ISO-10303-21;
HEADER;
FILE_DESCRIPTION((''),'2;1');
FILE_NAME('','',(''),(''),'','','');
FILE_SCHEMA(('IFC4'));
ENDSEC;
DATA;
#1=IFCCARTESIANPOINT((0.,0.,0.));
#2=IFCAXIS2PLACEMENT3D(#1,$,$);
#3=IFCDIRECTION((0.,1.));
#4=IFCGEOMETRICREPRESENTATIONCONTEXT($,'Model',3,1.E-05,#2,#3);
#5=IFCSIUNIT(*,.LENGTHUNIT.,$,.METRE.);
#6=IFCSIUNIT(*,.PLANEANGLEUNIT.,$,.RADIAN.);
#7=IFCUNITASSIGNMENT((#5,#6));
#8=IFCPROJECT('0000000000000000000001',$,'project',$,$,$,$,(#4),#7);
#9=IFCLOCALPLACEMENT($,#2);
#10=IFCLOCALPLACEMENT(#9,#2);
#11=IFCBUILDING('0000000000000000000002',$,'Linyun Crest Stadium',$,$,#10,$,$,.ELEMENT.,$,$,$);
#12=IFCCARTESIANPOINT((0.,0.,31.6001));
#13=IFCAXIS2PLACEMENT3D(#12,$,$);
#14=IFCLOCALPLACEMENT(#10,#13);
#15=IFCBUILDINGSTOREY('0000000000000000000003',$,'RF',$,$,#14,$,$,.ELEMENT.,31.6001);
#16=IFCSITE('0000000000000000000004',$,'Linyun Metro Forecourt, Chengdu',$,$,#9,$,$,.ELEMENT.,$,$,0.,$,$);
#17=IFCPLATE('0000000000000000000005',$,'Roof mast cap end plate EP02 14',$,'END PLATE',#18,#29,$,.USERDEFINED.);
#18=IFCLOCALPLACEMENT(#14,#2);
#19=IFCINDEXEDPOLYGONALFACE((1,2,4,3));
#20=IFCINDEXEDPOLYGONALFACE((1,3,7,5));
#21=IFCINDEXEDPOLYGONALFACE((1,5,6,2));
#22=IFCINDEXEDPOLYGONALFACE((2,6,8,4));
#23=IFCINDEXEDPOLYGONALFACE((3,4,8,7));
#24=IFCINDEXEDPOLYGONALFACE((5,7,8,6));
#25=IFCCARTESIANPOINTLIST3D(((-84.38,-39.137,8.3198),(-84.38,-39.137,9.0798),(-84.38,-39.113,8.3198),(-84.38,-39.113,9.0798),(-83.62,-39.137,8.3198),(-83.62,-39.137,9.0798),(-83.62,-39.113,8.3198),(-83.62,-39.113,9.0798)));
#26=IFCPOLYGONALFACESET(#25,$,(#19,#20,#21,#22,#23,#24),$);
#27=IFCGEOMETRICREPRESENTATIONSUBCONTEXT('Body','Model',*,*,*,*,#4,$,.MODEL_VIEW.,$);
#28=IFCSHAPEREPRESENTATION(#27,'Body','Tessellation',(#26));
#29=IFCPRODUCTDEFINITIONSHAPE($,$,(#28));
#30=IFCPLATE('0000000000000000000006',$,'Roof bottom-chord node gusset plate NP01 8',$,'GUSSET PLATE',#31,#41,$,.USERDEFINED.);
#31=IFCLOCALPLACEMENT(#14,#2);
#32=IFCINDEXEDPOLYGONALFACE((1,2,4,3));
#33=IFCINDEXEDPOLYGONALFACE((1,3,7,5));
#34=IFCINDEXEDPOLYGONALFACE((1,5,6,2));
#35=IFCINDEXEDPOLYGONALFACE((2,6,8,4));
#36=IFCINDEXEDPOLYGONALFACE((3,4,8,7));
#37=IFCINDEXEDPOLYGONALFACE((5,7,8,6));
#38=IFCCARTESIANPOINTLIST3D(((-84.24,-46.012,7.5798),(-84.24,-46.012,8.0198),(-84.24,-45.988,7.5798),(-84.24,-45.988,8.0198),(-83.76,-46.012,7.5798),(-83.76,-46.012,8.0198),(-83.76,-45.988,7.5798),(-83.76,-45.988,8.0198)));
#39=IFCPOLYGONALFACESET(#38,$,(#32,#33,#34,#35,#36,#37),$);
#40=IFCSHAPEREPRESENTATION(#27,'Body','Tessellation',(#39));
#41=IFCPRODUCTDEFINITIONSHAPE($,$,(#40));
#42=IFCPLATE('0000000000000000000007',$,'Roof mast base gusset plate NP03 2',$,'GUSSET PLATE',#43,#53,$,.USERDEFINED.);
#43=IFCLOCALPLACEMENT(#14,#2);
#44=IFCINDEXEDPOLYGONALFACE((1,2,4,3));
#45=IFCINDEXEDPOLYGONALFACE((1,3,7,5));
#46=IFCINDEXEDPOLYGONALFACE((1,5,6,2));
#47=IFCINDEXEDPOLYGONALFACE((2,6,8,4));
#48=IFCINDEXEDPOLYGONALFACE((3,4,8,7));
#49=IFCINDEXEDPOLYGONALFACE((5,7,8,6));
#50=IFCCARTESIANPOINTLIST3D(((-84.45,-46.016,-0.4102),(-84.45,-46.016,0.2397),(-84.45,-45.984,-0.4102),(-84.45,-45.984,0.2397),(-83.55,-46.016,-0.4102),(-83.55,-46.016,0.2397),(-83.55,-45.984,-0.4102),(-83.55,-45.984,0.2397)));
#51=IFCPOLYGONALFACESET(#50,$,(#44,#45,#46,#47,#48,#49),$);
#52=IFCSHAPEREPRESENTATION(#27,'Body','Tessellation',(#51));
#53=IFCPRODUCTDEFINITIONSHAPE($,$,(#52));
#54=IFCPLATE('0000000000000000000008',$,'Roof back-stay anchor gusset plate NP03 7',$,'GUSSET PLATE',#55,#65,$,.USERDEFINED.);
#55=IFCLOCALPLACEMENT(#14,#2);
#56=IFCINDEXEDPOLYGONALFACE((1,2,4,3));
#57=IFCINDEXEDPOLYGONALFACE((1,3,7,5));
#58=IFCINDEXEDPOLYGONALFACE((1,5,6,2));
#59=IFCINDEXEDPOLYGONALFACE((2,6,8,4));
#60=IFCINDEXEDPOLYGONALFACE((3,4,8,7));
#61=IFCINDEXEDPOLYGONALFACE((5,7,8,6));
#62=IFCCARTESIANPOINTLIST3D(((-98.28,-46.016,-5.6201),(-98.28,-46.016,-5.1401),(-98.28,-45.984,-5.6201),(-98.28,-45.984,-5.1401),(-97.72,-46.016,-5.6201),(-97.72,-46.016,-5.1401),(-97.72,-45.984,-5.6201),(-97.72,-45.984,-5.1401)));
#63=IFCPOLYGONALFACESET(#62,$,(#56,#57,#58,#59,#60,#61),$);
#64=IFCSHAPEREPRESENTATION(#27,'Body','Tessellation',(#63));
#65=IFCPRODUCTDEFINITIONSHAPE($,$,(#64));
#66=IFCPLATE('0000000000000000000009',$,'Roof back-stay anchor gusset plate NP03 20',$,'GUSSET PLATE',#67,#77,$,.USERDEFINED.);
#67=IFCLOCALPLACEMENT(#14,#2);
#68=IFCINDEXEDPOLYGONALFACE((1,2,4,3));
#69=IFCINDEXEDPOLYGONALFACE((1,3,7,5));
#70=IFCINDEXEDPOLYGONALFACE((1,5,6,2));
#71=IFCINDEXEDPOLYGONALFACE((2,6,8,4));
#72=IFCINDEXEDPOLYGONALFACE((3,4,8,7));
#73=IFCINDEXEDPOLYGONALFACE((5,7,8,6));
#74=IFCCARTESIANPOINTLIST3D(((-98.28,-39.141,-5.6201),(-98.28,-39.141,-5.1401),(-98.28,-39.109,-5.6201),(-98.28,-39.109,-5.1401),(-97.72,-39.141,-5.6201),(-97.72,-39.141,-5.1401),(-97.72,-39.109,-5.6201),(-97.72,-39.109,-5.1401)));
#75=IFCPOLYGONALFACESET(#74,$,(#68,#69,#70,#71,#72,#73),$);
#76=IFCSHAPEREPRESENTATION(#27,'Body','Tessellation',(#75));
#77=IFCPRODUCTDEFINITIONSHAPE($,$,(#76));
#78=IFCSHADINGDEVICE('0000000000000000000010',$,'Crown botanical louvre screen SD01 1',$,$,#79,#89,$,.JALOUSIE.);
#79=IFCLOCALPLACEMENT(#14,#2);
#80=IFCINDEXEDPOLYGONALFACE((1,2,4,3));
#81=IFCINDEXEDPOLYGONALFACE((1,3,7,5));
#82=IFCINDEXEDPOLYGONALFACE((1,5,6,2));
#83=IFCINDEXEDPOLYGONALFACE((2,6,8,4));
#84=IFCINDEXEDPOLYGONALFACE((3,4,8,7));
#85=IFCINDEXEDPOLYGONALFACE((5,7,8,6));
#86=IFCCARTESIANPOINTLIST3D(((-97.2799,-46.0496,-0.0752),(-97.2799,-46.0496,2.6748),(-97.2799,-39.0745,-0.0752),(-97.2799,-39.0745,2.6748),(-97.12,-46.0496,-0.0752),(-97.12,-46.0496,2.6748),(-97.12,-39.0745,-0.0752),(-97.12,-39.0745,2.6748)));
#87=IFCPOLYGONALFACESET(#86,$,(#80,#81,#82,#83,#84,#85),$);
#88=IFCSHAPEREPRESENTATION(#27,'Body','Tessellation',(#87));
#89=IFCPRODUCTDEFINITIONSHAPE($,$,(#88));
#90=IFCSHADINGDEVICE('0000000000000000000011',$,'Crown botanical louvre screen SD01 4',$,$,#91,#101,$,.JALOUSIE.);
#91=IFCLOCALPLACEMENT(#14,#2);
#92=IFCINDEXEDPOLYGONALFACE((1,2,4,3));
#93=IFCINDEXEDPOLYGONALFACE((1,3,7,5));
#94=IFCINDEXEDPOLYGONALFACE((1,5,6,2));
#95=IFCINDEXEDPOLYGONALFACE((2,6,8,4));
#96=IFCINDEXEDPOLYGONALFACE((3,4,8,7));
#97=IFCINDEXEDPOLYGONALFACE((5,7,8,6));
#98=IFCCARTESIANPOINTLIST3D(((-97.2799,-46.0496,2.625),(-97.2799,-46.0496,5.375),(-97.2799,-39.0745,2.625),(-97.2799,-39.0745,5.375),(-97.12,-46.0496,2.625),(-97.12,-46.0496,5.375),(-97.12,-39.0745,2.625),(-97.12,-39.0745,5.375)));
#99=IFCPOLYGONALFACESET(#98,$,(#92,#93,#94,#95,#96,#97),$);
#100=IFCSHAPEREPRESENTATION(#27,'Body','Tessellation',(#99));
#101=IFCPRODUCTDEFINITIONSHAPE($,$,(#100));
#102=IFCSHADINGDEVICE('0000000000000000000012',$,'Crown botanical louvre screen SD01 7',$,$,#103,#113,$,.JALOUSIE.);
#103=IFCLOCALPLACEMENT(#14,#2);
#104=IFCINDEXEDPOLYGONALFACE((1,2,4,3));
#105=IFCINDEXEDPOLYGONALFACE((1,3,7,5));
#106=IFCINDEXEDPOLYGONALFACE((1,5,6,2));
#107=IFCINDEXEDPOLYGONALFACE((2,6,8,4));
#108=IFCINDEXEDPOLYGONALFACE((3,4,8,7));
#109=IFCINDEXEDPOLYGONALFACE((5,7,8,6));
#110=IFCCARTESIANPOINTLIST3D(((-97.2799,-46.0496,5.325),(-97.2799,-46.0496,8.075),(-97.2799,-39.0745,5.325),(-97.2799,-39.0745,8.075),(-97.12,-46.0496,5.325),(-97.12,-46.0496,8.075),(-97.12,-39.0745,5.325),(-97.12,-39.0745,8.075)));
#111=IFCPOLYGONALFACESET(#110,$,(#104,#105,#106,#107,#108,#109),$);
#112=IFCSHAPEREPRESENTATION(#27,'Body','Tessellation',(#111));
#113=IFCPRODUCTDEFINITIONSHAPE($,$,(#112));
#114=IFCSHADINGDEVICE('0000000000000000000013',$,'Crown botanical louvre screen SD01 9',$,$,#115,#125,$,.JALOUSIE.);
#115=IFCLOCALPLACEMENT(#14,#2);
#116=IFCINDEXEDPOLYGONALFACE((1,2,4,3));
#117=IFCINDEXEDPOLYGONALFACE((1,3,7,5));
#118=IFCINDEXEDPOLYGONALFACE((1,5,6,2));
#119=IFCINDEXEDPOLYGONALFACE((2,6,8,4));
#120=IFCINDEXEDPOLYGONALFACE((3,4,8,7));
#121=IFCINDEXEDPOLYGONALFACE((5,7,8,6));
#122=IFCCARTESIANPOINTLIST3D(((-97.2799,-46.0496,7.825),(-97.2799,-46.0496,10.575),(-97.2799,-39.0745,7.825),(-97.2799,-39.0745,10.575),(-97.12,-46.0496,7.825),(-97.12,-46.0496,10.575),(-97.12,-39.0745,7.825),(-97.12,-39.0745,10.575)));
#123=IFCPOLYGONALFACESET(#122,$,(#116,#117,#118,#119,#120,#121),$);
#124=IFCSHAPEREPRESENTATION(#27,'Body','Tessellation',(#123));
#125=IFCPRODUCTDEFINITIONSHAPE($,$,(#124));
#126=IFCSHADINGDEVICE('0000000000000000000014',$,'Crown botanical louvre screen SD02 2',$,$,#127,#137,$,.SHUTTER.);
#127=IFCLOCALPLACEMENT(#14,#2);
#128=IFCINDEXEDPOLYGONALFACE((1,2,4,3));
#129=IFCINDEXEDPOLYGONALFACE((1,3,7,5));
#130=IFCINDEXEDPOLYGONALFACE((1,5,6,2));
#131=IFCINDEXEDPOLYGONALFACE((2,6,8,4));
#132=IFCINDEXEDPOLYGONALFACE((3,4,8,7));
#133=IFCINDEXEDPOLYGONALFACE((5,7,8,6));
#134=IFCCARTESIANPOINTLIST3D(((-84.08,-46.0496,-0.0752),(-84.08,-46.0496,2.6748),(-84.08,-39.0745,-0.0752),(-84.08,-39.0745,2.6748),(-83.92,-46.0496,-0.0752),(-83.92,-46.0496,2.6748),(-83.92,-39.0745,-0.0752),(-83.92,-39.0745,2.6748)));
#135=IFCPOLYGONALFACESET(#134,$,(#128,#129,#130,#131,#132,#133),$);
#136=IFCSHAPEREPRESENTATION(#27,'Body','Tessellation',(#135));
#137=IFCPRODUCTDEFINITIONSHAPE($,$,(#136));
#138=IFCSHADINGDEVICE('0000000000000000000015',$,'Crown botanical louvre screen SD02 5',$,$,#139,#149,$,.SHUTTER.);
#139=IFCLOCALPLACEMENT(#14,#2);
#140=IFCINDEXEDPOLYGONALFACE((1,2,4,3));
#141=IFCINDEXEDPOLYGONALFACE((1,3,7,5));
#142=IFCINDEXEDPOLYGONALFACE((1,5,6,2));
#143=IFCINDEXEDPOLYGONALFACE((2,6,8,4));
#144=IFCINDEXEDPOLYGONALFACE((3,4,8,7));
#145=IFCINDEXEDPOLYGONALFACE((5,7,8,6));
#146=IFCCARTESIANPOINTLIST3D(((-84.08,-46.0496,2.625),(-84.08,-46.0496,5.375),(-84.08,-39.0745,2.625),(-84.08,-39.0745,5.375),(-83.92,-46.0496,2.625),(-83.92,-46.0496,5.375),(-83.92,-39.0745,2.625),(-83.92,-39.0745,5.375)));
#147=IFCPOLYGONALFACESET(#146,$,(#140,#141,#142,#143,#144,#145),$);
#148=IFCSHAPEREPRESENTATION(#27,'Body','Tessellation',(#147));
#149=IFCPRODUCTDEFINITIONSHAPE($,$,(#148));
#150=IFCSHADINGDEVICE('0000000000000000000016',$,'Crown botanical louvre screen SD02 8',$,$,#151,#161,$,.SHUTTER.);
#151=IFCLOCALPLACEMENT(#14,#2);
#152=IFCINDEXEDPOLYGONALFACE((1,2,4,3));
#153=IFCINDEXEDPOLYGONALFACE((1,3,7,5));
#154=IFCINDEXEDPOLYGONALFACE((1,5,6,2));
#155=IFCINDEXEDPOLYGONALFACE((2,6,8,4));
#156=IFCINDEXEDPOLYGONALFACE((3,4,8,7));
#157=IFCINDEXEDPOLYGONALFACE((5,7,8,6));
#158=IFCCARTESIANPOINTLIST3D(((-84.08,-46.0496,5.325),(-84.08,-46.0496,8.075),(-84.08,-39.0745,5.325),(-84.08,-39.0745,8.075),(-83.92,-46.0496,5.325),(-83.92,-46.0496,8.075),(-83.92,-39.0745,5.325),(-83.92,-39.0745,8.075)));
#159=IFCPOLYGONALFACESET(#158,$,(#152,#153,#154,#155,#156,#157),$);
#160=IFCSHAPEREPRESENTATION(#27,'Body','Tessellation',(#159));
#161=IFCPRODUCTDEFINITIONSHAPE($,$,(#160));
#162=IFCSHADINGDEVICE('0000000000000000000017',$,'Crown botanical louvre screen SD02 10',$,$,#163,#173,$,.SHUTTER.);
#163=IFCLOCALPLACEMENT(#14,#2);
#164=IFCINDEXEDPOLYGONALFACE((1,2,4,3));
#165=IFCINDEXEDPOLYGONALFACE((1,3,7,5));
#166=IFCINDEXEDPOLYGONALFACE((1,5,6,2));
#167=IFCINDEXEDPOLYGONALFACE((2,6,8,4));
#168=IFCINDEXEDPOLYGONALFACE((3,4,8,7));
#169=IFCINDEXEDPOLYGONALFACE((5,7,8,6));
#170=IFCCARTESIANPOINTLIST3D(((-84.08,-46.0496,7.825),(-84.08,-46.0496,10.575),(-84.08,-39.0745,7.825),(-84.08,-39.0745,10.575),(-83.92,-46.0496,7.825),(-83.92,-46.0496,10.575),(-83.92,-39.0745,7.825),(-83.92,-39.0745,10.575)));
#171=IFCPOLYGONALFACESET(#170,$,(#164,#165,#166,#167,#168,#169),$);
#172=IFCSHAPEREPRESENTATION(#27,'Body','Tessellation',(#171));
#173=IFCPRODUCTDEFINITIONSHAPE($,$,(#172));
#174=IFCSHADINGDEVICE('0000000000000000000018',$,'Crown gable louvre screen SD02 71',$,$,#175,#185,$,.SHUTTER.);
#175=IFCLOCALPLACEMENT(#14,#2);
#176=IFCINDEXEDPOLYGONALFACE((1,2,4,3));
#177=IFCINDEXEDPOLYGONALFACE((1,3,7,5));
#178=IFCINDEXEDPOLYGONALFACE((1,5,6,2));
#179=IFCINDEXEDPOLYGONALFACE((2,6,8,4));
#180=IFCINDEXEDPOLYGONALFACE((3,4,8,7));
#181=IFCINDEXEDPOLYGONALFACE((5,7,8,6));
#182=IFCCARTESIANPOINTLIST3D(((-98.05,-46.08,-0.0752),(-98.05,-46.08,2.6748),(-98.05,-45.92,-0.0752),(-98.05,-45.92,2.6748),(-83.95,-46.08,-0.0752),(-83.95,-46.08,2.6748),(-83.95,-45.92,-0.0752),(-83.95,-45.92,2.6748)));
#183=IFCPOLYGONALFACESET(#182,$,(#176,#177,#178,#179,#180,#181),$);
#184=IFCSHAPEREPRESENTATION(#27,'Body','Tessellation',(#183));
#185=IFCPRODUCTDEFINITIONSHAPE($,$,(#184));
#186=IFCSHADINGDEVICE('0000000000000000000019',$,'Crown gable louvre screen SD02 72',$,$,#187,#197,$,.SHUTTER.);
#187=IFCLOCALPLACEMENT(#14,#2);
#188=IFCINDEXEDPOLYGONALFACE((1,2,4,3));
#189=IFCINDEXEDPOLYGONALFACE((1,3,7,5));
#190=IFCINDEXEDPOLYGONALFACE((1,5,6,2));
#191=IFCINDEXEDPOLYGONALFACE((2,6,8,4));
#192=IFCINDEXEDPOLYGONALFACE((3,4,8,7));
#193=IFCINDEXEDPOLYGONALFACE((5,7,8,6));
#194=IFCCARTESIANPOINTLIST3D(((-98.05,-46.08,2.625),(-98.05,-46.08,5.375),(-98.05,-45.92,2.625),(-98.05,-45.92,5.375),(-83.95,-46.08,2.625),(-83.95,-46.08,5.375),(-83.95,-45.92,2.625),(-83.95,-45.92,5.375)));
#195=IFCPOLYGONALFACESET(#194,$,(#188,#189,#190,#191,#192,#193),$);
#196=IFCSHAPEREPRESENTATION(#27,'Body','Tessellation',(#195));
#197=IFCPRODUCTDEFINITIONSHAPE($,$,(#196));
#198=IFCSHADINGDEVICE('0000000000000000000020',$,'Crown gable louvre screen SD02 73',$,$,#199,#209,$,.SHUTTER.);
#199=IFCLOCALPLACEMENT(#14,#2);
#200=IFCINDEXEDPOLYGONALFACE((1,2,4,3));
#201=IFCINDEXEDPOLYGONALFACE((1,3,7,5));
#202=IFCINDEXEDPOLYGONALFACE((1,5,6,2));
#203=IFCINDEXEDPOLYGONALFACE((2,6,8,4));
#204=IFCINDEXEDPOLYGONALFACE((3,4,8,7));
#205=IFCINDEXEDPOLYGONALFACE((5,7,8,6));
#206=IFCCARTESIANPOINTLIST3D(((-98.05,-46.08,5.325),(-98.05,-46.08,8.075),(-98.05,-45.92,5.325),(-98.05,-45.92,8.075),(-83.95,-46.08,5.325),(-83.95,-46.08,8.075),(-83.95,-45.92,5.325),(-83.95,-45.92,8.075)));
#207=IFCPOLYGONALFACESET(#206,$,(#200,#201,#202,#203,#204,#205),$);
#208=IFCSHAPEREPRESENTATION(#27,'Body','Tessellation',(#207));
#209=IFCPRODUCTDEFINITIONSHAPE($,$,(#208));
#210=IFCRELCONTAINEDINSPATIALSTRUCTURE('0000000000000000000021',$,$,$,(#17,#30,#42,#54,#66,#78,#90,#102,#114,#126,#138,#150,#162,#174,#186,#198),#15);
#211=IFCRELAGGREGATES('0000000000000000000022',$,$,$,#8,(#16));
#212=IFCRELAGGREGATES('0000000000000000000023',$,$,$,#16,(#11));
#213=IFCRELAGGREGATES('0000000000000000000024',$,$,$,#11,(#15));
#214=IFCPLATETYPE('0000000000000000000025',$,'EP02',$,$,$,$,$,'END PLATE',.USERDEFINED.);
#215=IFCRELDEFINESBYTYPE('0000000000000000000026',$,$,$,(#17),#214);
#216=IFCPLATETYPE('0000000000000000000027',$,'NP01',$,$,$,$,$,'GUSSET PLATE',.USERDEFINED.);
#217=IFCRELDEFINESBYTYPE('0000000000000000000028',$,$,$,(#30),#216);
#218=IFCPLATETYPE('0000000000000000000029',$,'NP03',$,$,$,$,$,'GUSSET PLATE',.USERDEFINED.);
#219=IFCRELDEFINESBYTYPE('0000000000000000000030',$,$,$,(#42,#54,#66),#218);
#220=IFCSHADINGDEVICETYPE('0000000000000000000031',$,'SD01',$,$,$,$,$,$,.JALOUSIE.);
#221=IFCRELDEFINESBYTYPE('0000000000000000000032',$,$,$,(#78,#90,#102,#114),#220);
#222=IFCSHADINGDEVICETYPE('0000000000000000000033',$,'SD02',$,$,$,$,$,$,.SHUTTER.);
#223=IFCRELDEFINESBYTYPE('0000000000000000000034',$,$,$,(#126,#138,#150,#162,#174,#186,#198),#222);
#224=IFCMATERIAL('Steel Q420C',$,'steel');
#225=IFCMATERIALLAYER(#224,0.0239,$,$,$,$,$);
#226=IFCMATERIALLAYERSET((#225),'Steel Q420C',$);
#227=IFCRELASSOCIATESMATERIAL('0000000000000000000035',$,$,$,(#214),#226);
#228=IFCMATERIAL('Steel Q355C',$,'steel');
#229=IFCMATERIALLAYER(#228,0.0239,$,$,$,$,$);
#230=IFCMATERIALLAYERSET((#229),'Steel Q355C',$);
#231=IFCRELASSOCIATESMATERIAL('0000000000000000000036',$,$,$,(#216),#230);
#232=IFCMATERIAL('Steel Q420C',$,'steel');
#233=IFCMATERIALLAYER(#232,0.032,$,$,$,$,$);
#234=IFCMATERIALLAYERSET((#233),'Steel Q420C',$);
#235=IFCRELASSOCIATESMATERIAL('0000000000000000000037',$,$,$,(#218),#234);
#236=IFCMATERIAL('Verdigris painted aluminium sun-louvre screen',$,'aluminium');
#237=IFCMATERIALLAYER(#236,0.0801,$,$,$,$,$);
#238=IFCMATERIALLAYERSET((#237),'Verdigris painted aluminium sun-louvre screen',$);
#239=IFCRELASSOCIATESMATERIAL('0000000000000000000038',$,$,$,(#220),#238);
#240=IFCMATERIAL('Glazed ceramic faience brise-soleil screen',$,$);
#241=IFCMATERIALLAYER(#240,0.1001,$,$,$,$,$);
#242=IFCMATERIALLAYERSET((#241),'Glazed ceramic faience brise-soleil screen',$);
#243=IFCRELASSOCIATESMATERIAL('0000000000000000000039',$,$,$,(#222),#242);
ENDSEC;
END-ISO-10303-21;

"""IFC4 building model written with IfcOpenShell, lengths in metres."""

from ifc_helpers import new_model, si_unit, direction, frame, origin, origin_2d, place, context, subcontext, project, spatial, rectangle, extrude, material, layer, layer_set, type_object, element, save


model = new_model("IFC4")

# Units and contexts
model_context = context("Model", 3, precision=1e-05, world=origin(), true_north=direction((0.0, 1.0)))
body_context = subcontext(model_context, "Body", "Model", "MODEL_VIEW")
ifc_project = project(units=[si_unit("LENGTHUNIT", "METRE"), si_unit("PLANEANGLEUNIT", "RADIAN")], contexts=[model_context])

# Site, building, storey
site_placement = place(None, origin())
site = spatial("IfcSite", under=ifc_project, at=site_placement, Name="Linyun Metro Forecourt, Chengdu", CompositionType="ELEMENT", RefElevation=0.0)
building_placement = place(site_placement, origin())
building = spatial("IfcBuilding", under=site, at=building_placement, Name="Linyun Crest Stadium", CompositionType="ELEMENT")
storey_placement = place(building_placement, frame((0.0, 0.0, 31.6001)))
storey = spatial("IfcBuildingStorey", under=building, at=storey_placement, Name="RF", CompositionType="ELEMENT", Elevation=31.6001)

# Plates
ifc_material_1 = material(Name="Steel Q420C", Category="steel")
ifc_layer_1 = layer(ifc_material_1, 0.0239)
ifc_layer_set_1 = layer_set([ifc_layer_1], Name="Steel Q420C")
plate_type_1 = type_object("IfcPlateType", Name="EP02", ElementType="END PLATE", PredefinedType="USERDEFINED", material=ifc_layer_set_1)
for number, where, z_axis, x_axis, name in (
    (1, (-84.0, -39.125, 8.3198), (0.0, 0.0, 1.0), (1.0, 0.0, 0.0), "Roof mast cap end plate EP02 14"),
):
    element("IfcPlate", number, at=place(storey_placement, frame(where, z_axis=z_axis, x_axis=x_axis)), inside=storey, type_object=plate_type_1, Name=name, ObjectType="END PLATE", PredefinedType="USERDEFINED", context=body_context, shape_type="SweptSolid", body=[
        extrude(rectangle(XDim=0.76, YDim=0.0239, at=origin_2d()), origin(), (0.0, 0.0, 1.0), 0.76),
    ])
ifc_material_2 = material(Name="Steel Q355C", Category="steel")
ifc_layer_2 = layer(ifc_material_2, 0.0239)
ifc_layer_set_2 = layer_set([ifc_layer_2], Name="Steel Q355C")
plate_type_2 = type_object("IfcPlateType", Name="NP01", ElementType="GUSSET PLATE", PredefinedType="USERDEFINED", material=ifc_layer_set_2)
plate_1_placement = place(storey_placement, frame((-84.0, -46.0, 7.5798), z_axis=(0.0, 0.0, 1.0), x_axis=(1.0, 0.0, 0.0)))
element("IfcPlate", 2, at=plate_1_placement, inside=storey, type_object=plate_type_2, Name="Roof bottom-chord node gusset plate NP01 8", ObjectType="GUSSET PLATE", PredefinedType="USERDEFINED", context=body_context, shape_type="SweptSolid", body=[
    extrude(rectangle(XDim=0.48, YDim=0.0239, at=origin_2d()), origin(), (0.0, 0.0, 1.0), 0.4399),
])
ifc_material_3 = material(Name="Steel Q420C", Category="steel")
ifc_layer_3 = layer(ifc_material_3, 0.032)
ifc_layer_set_3 = layer_set([ifc_layer_3], Name="Steel Q420C")
plate_type_3 = type_object("IfcPlateType", Name="NP03", ElementType="GUSSET PLATE", PredefinedType="USERDEFINED", material=ifc_layer_set_3)
plate_2_placement = place(storey_placement, frame((-84.0, -46.0, -0.4102), z_axis=(0.0, 0.0, 1.0), x_axis=(1.0, 0.0, 0.0)))
element("IfcPlate", 3, at=plate_2_placement, inside=storey, type_object=plate_type_3, Name="Roof mast base gusset plate NP03 2", ObjectType="GUSSET PLATE", PredefinedType="USERDEFINED", context=body_context, shape_type="SweptSolid", body=[
    extrude(rectangle(XDim=0.8999, YDim=0.032, at=origin_2d()), origin(), (0.0, 0.0, 1.0), 0.6499),
])
for number, where, z_axis, x_axis, name in (
    (4, (-98.0, -46.0, -5.6201), (0.0, 0.0, 1.0), (1.0, 0.0, 0.0), "Roof back-stay anchor gusset plate NP03 7"),
    (5, (-98.0, -39.125, -5.6201), (0.0, 0.0, 1.0), (1.0, 0.0, 0.0), "Roof back-stay anchor gusset plate NP03 20"),
):
    element("IfcPlate", number, at=place(storey_placement, frame(where, z_axis=z_axis, x_axis=x_axis)), inside=storey, type_object=plate_type_3, Name=name, ObjectType="GUSSET PLATE", PredefinedType="USERDEFINED", context=body_context, shape_type="SweptSolid", body=[
        extrude(rectangle(XDim=0.5601, YDim=0.032, at=origin_2d()), origin(), (0.0, 0.0, 1.0), 0.48),
    ])

# Shading devices
ifc_material_4 = material(Name="Verdigris painted aluminium sun-louvre screen", Category="aluminium")
ifc_layer_4 = layer(ifc_material_4, 0.0801)
ifc_layer_set_4 = layer_set([ifc_layer_4], Name="Verdigris painted aluminium sun-louvre screen")
shading_device_type_1 = type_object("IfcShadingDeviceType", Name="SD01", PredefinedType="JALOUSIE", material=ifc_layer_set_4)
for number, where, z_axis, x_axis, name in (
    (6, (-97.2, -42.562, -0.0752), (0.0, 0.0, 1.0), (1.0, 0.0, 0.0), "Crown botanical louvre screen SD01 1"),
    (7, (-97.2, -42.562, 2.625), (0.0, 0.0, 1.0), (1.0, 0.0, 0.0), "Crown botanical louvre screen SD01 4"),
    (8, (-97.2, -42.562, 5.325), (0.0, 0.0, 1.0), (1.0, 0.0, 0.0), "Crown botanical louvre screen SD01 7"),
    (9, (-97.2, -42.562, 7.825), (0.0, 0.0, 1.0), (1.0, 0.0, 0.0), "Crown botanical louvre screen SD01 9"),
):
    element("IfcShadingDevice", number, at=place(storey_placement, frame(where, z_axis=z_axis, x_axis=x_axis)), inside=storey, type_object=shading_device_type_1, Name=name, PredefinedType="JALOUSIE", context=body_context, shape_type="SweptSolid", body=[
        extrude(rectangle(XDim=0.1599, YDim=6.9751, at=origin_2d()), origin(), (0.0, 0.0, 1.0), 2.75),
    ])
ifc_material_5 = material(Name="Glazed ceramic faience brise-soleil screen")
ifc_layer_5 = layer(ifc_material_5, 0.1001)
ifc_layer_set_5 = layer_set([ifc_layer_5], Name="Glazed ceramic faience brise-soleil screen")
shading_device_type_2 = type_object("IfcShadingDeviceType", Name="SD02", PredefinedType="SHUTTER", material=ifc_layer_set_5)
for number, where, z_axis, x_axis, name in (
    (10, (-84.0, -42.562, -0.0752), (0.0, 0.0, 1.0), (1.0, 0.0, 0.0), "Crown botanical louvre screen SD02 2"),
    (11, (-84.0, -42.562, 2.625), (0.0, 0.0, 1.0), (1.0, 0.0, 0.0), "Crown botanical louvre screen SD02 5"),
    (12, (-84.0, -42.562, 5.325), (0.0, 0.0, 1.0), (1.0, 0.0, 0.0), "Crown botanical louvre screen SD02 8"),
    (13, (-84.0, -42.562, 7.825), (0.0, 0.0, 1.0), (1.0, 0.0, 0.0), "Crown botanical louvre screen SD02 10"),
):
    element("IfcShadingDevice", number, at=place(storey_placement, frame(where, z_axis=z_axis, x_axis=x_axis)), inside=storey, type_object=shading_device_type_2, Name=name, PredefinedType="SHUTTER", context=body_context, shape_type="SweptSolid", body=[
        extrude(rectangle(XDim=0.1599, YDim=6.9751, at=origin_2d()), origin(), (0.0, 0.0, 1.0), 2.75),
    ])
for number, where, z_axis, x_axis, name in (
    (14, (-91.0, -46.0, -0.0752), (0.0, 0.0, 1.0), (1.0, 0.0, 0.0), "Crown gable louvre screen SD02 71"),
    (15, (-91.0, -46.0, 2.625), (0.0, 0.0, 1.0), (1.0, 0.0, 0.0), "Crown gable louvre screen SD02 72"),
    (16, (-91.0, -46.0, 5.325), (0.0, 0.0, 1.0), (1.0, 0.0, 0.0), "Crown gable louvre screen SD02 73"),
):
    element("IfcShadingDevice", number, at=place(storey_placement, frame(where, z_axis=z_axis, x_axis=x_axis)), inside=storey, type_object=shading_device_type_2, Name=name, PredefinedType="SHUTTER", context=body_context, shape_type="SweptSolid", body=[
        extrude(rectangle(XDim=14.1001, YDim=0.1599, at=origin_2d()), origin(), (0.0, 0.0, 1.0), 2.75),
    ])

save(model, "model.ifc")
